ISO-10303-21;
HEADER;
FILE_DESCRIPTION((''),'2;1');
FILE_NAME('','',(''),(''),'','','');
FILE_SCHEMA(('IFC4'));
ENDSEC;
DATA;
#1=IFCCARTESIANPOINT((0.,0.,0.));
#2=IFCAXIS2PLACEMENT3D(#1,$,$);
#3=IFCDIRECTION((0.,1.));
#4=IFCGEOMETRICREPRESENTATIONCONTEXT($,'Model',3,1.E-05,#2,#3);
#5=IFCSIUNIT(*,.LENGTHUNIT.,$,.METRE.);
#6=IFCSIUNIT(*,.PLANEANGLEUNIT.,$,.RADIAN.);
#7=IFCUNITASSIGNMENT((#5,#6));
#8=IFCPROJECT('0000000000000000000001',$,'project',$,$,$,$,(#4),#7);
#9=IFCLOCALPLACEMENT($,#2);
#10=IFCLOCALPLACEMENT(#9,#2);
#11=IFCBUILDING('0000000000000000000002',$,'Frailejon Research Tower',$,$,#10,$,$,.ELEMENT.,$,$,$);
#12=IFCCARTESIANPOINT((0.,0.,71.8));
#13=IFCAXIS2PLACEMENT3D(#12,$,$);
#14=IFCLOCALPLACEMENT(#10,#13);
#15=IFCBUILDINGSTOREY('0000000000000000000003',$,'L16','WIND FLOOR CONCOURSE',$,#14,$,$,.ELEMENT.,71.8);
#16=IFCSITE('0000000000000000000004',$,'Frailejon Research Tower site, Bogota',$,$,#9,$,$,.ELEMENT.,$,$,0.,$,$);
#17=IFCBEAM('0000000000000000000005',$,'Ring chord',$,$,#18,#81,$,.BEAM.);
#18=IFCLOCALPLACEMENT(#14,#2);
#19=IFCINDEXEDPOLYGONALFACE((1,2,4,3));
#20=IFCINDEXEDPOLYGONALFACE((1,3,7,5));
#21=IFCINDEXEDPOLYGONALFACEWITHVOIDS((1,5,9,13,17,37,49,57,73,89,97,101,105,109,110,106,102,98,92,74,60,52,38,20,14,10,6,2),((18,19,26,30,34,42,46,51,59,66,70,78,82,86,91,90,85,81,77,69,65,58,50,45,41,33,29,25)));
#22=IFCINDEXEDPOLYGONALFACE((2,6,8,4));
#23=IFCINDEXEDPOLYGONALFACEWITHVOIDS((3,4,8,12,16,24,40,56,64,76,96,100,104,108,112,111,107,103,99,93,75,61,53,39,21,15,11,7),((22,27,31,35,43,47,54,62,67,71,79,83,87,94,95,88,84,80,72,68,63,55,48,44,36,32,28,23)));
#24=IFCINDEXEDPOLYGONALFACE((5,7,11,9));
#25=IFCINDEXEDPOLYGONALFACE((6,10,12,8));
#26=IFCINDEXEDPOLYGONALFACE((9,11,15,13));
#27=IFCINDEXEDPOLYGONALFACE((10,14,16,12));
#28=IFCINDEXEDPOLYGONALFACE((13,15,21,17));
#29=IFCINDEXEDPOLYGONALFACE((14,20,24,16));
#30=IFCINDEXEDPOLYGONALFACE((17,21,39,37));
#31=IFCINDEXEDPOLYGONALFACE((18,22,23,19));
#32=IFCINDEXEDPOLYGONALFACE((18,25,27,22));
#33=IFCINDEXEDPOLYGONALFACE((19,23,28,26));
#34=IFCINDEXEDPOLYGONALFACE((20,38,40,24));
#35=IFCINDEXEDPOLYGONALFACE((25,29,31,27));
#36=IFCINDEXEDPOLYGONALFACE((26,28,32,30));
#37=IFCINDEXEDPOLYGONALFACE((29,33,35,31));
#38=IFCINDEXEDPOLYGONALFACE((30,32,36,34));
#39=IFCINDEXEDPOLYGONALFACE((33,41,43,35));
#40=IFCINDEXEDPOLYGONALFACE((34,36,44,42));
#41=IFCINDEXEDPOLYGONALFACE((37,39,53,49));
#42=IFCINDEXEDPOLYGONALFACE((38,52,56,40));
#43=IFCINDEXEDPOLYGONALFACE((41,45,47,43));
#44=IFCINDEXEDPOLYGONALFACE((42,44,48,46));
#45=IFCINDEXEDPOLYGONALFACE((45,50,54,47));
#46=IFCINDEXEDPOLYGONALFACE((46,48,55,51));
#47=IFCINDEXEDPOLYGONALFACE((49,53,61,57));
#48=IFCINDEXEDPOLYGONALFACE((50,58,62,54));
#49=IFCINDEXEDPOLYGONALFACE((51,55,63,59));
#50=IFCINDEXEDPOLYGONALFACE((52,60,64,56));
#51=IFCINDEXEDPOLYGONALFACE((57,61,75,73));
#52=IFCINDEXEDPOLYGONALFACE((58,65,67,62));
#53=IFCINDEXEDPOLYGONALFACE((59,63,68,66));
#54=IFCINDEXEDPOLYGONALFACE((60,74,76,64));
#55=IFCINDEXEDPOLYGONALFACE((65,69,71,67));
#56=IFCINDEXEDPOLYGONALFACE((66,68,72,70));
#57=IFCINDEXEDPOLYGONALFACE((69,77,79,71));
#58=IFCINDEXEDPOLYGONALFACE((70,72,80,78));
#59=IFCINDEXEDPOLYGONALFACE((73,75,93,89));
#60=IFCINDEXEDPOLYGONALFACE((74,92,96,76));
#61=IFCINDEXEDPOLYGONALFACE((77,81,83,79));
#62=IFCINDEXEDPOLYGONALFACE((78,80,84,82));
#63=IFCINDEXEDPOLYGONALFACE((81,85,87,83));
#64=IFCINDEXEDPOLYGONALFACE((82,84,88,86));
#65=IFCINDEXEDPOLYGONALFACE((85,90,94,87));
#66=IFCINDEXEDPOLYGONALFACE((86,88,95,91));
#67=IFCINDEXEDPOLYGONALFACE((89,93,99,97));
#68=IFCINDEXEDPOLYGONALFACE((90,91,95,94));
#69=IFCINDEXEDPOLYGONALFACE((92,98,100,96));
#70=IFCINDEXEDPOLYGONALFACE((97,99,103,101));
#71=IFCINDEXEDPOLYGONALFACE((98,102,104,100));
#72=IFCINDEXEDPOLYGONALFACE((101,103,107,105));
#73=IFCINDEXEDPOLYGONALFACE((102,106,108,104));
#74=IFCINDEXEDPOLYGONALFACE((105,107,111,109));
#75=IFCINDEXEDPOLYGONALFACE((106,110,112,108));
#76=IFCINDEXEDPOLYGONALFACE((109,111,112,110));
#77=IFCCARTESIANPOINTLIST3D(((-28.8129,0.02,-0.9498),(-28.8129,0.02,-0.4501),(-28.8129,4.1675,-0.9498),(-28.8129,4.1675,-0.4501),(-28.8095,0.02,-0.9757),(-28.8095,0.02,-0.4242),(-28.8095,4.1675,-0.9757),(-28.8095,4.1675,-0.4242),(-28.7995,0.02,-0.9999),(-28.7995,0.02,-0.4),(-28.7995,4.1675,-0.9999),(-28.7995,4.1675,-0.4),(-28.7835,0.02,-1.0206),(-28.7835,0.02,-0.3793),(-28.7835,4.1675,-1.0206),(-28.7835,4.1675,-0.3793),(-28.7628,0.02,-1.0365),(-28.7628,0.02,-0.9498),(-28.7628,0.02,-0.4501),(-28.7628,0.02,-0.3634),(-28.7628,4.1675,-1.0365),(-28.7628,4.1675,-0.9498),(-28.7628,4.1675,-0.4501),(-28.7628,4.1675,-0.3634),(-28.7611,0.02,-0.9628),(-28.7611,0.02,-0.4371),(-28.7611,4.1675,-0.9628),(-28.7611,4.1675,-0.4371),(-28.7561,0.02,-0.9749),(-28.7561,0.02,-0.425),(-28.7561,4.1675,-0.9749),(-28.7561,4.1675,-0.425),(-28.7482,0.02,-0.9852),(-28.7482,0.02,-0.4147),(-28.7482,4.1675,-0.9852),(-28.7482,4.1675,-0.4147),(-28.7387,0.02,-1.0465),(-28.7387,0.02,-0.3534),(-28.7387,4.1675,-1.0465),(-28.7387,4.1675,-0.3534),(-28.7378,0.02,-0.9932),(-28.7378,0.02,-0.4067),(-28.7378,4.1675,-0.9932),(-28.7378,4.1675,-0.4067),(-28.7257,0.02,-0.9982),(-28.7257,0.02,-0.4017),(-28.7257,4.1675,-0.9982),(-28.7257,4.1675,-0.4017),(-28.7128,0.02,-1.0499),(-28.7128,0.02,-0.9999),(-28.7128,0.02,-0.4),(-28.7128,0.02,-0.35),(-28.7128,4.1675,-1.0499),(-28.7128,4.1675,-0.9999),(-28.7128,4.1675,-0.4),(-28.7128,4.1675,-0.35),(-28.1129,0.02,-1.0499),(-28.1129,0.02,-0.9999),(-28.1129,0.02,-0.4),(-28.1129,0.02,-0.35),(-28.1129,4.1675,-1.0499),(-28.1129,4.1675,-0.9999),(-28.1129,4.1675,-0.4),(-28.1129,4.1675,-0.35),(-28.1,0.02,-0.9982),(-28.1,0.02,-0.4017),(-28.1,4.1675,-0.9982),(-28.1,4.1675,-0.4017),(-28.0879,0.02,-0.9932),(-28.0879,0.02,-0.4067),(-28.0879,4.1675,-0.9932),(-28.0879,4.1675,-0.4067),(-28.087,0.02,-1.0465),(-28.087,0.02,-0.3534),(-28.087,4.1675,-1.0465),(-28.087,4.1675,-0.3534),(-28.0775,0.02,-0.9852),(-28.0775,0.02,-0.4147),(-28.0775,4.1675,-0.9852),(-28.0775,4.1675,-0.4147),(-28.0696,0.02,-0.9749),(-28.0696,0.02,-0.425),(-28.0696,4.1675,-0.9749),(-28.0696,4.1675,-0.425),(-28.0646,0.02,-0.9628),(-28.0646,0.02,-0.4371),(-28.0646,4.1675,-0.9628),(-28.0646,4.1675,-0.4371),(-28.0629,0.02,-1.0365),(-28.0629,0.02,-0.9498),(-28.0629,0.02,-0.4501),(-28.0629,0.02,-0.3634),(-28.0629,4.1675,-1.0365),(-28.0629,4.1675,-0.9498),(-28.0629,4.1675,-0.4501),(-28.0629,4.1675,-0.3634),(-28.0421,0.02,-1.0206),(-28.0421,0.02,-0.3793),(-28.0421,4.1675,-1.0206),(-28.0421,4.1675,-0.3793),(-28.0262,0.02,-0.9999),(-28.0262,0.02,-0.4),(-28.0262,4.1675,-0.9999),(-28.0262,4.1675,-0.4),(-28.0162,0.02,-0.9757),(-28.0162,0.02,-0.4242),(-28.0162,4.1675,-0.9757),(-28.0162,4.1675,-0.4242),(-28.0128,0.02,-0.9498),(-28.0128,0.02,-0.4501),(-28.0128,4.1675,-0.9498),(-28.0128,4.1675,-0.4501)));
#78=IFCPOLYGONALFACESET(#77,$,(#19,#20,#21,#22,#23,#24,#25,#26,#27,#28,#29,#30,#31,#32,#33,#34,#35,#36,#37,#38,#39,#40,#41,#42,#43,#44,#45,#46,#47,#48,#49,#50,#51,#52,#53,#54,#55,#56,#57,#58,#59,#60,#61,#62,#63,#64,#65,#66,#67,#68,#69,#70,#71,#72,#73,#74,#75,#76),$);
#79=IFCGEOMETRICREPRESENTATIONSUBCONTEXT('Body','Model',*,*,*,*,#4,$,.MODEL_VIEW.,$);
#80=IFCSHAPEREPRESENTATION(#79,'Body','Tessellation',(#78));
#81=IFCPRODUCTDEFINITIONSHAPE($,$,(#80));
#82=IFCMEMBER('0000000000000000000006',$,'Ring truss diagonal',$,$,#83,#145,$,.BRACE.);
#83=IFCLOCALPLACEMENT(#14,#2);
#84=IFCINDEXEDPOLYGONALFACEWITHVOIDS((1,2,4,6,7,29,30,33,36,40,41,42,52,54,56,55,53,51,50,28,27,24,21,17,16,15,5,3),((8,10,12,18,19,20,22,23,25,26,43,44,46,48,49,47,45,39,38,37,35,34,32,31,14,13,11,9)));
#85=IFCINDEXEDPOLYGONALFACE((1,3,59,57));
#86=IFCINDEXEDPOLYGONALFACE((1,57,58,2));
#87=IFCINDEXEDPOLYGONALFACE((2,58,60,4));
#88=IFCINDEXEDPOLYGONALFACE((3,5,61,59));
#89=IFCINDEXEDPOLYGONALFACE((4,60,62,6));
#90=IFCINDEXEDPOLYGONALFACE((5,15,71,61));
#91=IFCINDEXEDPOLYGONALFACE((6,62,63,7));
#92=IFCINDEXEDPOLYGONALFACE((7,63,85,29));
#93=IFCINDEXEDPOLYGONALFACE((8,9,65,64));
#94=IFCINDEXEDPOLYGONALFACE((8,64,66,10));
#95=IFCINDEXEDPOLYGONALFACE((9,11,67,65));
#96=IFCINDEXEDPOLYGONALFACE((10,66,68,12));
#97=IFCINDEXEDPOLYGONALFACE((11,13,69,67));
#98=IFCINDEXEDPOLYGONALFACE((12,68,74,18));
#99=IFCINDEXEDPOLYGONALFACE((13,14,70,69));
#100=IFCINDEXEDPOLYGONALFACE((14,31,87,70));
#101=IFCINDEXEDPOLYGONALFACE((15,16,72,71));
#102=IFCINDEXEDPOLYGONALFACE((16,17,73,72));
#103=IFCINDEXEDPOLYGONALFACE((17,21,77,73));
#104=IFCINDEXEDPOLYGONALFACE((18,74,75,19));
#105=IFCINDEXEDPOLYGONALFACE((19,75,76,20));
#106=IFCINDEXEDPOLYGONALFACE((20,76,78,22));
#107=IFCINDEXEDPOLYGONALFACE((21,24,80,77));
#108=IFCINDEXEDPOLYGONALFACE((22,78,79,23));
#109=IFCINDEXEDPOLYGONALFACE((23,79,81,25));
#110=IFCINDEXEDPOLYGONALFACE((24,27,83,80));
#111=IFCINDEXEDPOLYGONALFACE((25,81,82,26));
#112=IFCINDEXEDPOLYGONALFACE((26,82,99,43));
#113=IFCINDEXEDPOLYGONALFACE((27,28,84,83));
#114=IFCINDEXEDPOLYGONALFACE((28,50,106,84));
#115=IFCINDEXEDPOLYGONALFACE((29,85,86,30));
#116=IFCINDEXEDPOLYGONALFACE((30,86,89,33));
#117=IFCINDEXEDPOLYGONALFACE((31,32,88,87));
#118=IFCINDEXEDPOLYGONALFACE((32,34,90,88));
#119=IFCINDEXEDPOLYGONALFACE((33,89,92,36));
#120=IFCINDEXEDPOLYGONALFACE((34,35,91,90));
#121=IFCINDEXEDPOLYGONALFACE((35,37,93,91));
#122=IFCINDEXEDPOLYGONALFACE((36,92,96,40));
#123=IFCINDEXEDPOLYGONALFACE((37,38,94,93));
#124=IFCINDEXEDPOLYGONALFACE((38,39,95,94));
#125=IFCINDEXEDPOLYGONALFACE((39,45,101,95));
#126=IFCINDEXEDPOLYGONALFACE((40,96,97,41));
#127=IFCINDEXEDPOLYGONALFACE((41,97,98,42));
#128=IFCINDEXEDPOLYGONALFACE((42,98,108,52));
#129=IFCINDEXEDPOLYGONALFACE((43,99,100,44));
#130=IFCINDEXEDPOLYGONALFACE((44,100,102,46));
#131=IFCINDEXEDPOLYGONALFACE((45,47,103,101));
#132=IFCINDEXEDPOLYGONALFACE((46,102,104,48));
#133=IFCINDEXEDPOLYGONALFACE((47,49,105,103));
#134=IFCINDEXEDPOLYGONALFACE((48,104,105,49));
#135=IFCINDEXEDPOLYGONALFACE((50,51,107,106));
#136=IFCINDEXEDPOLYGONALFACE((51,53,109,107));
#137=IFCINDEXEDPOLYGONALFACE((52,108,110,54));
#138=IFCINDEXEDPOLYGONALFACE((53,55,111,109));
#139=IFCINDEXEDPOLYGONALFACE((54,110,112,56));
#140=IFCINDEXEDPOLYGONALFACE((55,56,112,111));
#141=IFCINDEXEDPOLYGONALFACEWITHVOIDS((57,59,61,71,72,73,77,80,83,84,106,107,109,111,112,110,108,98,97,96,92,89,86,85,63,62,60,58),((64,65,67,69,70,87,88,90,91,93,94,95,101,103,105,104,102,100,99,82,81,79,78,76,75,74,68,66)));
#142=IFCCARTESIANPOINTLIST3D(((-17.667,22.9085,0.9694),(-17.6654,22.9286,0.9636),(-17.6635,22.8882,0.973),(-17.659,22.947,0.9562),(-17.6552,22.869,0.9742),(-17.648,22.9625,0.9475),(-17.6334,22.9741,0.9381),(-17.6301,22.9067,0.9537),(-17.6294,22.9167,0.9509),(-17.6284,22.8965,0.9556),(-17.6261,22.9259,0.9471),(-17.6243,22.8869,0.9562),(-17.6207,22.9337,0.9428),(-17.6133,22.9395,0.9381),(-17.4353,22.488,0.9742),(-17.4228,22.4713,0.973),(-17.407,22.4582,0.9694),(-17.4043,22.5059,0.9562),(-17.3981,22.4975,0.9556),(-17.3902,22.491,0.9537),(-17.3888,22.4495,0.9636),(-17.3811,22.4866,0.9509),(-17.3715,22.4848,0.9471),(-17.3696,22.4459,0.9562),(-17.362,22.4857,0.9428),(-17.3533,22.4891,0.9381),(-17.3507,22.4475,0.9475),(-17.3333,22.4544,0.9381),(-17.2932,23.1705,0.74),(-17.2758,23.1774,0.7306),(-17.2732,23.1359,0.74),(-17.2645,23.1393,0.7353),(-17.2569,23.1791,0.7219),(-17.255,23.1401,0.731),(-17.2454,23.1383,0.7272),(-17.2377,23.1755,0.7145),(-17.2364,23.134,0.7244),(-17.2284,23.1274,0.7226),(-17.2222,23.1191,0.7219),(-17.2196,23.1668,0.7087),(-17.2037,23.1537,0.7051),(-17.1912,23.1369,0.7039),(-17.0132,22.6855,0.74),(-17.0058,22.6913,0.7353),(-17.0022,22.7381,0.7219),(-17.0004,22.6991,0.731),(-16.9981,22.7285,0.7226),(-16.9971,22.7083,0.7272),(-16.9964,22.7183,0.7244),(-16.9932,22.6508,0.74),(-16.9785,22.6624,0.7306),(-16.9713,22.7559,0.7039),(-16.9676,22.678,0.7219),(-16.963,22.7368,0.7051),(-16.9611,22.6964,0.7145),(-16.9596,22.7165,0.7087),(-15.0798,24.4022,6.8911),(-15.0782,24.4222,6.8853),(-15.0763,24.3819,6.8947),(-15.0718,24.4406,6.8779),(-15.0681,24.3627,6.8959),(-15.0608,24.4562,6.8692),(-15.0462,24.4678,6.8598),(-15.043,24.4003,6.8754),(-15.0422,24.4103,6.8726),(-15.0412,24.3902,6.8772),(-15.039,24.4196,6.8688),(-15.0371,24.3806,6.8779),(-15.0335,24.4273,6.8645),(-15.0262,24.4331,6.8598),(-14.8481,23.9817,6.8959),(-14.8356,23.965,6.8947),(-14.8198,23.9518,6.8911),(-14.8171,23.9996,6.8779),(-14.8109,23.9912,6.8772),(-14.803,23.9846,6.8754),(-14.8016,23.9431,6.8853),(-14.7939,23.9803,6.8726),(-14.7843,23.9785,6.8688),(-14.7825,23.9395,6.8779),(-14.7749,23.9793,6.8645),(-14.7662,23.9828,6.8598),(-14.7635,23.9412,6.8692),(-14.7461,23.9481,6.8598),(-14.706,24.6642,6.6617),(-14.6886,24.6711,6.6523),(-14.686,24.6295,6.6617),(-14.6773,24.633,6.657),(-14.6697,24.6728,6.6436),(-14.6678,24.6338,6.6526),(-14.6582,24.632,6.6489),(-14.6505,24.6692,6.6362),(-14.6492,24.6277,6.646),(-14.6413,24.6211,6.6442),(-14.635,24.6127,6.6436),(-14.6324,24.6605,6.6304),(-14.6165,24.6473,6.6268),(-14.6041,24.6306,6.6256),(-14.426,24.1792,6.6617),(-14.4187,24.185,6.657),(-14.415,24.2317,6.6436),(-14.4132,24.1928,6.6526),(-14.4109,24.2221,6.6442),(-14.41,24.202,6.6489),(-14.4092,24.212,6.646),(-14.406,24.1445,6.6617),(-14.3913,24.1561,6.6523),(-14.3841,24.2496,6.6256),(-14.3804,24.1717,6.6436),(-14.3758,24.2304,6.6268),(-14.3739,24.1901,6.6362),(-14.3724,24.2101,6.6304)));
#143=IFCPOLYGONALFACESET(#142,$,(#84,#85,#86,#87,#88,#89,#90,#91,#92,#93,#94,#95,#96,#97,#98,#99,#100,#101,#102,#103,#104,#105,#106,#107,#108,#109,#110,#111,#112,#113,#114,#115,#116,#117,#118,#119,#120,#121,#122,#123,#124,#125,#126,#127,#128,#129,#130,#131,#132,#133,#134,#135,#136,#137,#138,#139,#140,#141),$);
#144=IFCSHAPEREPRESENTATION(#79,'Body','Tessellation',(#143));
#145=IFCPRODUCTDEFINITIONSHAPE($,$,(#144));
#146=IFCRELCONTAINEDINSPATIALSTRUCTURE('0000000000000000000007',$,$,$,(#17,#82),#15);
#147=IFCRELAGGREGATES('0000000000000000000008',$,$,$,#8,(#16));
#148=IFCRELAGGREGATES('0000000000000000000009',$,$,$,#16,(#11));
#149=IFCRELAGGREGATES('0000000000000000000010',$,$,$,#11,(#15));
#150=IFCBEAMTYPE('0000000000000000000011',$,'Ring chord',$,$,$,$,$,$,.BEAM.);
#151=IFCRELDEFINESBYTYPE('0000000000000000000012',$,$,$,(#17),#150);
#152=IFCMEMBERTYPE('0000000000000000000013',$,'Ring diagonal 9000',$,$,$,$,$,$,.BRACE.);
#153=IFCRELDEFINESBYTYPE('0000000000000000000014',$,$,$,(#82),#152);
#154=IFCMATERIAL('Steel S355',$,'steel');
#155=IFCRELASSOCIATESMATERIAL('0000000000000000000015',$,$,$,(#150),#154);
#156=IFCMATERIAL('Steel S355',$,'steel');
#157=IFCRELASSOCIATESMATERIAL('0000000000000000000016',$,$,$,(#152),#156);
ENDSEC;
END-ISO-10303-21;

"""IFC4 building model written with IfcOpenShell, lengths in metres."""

from ifc_helpers import new_model, si_unit, direction, frame, origin, origin_2d, place, context, subcontext, project, spatial, hollow_rectangle, extrude, material, material_profile, profile_set, type_object, element, save


model = new_model("IFC4")

# Units and contexts
model_context = context("Model", 3, precision=1e-05, world=origin(), true_north=direction((0.0, 1.0)))
body_context = subcontext(model_context, "Body", "Model", "MODEL_VIEW")
ifc_project = project(units=[si_unit("LENGTHUNIT", "METRE"), si_unit("PLANEANGLEUNIT", "RADIAN")], contexts=[model_context])

# Site, building, storey
site_placement = place(None, origin())
site = spatial("IfcSite", under=ifc_project, at=site_placement, Name="Frailejon Research Tower site, Bogota", CompositionType="ELEMENT", RefElevation=0.0)
building_placement = place(site_placement, origin())
building = spatial("IfcBuilding", under=site, at=building_placement, Name="Frailejon Research Tower", CompositionType="ELEMENT")
storey_placement = place(building_placement, frame((0.0, 0.0, 71.8)))
storey = spatial("IfcBuildingStorey", under=building, at=storey_placement, Name="L16", Description="WIND FLOOR CONCOURSE", CompositionType="ELEMENT", Elevation=71.8)

# Beam
ifc_material_1 = material(Name="Steel S355", Category="steel")
ifc_material_profile_1 = material_profile(ifc_material_1, hollow_rectangle(XDim=0.8, YDim=0.7, WallThickness=0.05, InnerFilletRadius=0.05, OuterFilletRadius=0.1001, at=origin_2d()), Name="Ring chord")
ifc_profile_set_1 = profile_set([ifc_material_profile_1], Name="Steel S355")
beam_type_1 = type_object("IfcBeamType", Name="Ring chord", PredefinedType="BEAM", material=ifc_profile_set_1)
beam_1_placement = place(storey_placement, frame((-28.4128, 4.1675, -0.7), z_axis=(0.0, -1.0, 0.0), x_axis=(1.0, 0.0, 0.0)))
element("IfcBeam", 1, at=beam_1_placement, inside=storey, type_object=beam_type_1, Name="Ring chord", PredefinedType="BEAM", context=body_context, shape_type="SweptSolid", body=[
    extrude(hollow_rectangle(XDim=0.8, YDim=0.7, WallThickness=0.05, InnerFilletRadius=0.05, OuterFilletRadius=0.1001, at=origin_2d()), origin(), (0.0, 0.0, 1.0), 4.1475),
])

# Member
ifc_material_2 = material(Name="Steel S355", Category="steel")
ifc_material_profile_2 = material_profile(ifc_material_2, hollow_rectangle(XDim=0.6001, YDim=0.6001, WallThickness=0.04, InnerFilletRadius=0.04, OuterFilletRadius=0.0801, at=origin_2d()), Name="Ring diagonal 9000")
ifc_profile_set_2 = profile_set([ifc_material_profile_2], Name="Steel S355")
member_type = type_object("IfcMemberType", Name="Ring diagonal 9000", PredefinedType="BRACE", material=ifc_profile_set_2)
member_1_placement = place(storey_placement, frame((-14.7261, 24.3062, 6.7607), z_axis=(-0.390073, -0.225202, -0.89282), x_axis=(0.499989, -0.866032, 0.0)))
element("IfcMember", 2, at=member_1_placement, inside=storey, type_object=member_type, Name="Ring truss diagonal", PredefinedType="BRACE", context=body_context, shape_type="SweptSolid", body=[
    extrude(hollow_rectangle(XDim=0.6001, YDim=0.6001, WallThickness=0.04, InnerFilletRadius=0.04, OuterFilletRadius=0.0801, at=origin_2d()), origin(), (0.0, 0.0, 1.0), 6.6326),
])

save(model, "model.ifc")
